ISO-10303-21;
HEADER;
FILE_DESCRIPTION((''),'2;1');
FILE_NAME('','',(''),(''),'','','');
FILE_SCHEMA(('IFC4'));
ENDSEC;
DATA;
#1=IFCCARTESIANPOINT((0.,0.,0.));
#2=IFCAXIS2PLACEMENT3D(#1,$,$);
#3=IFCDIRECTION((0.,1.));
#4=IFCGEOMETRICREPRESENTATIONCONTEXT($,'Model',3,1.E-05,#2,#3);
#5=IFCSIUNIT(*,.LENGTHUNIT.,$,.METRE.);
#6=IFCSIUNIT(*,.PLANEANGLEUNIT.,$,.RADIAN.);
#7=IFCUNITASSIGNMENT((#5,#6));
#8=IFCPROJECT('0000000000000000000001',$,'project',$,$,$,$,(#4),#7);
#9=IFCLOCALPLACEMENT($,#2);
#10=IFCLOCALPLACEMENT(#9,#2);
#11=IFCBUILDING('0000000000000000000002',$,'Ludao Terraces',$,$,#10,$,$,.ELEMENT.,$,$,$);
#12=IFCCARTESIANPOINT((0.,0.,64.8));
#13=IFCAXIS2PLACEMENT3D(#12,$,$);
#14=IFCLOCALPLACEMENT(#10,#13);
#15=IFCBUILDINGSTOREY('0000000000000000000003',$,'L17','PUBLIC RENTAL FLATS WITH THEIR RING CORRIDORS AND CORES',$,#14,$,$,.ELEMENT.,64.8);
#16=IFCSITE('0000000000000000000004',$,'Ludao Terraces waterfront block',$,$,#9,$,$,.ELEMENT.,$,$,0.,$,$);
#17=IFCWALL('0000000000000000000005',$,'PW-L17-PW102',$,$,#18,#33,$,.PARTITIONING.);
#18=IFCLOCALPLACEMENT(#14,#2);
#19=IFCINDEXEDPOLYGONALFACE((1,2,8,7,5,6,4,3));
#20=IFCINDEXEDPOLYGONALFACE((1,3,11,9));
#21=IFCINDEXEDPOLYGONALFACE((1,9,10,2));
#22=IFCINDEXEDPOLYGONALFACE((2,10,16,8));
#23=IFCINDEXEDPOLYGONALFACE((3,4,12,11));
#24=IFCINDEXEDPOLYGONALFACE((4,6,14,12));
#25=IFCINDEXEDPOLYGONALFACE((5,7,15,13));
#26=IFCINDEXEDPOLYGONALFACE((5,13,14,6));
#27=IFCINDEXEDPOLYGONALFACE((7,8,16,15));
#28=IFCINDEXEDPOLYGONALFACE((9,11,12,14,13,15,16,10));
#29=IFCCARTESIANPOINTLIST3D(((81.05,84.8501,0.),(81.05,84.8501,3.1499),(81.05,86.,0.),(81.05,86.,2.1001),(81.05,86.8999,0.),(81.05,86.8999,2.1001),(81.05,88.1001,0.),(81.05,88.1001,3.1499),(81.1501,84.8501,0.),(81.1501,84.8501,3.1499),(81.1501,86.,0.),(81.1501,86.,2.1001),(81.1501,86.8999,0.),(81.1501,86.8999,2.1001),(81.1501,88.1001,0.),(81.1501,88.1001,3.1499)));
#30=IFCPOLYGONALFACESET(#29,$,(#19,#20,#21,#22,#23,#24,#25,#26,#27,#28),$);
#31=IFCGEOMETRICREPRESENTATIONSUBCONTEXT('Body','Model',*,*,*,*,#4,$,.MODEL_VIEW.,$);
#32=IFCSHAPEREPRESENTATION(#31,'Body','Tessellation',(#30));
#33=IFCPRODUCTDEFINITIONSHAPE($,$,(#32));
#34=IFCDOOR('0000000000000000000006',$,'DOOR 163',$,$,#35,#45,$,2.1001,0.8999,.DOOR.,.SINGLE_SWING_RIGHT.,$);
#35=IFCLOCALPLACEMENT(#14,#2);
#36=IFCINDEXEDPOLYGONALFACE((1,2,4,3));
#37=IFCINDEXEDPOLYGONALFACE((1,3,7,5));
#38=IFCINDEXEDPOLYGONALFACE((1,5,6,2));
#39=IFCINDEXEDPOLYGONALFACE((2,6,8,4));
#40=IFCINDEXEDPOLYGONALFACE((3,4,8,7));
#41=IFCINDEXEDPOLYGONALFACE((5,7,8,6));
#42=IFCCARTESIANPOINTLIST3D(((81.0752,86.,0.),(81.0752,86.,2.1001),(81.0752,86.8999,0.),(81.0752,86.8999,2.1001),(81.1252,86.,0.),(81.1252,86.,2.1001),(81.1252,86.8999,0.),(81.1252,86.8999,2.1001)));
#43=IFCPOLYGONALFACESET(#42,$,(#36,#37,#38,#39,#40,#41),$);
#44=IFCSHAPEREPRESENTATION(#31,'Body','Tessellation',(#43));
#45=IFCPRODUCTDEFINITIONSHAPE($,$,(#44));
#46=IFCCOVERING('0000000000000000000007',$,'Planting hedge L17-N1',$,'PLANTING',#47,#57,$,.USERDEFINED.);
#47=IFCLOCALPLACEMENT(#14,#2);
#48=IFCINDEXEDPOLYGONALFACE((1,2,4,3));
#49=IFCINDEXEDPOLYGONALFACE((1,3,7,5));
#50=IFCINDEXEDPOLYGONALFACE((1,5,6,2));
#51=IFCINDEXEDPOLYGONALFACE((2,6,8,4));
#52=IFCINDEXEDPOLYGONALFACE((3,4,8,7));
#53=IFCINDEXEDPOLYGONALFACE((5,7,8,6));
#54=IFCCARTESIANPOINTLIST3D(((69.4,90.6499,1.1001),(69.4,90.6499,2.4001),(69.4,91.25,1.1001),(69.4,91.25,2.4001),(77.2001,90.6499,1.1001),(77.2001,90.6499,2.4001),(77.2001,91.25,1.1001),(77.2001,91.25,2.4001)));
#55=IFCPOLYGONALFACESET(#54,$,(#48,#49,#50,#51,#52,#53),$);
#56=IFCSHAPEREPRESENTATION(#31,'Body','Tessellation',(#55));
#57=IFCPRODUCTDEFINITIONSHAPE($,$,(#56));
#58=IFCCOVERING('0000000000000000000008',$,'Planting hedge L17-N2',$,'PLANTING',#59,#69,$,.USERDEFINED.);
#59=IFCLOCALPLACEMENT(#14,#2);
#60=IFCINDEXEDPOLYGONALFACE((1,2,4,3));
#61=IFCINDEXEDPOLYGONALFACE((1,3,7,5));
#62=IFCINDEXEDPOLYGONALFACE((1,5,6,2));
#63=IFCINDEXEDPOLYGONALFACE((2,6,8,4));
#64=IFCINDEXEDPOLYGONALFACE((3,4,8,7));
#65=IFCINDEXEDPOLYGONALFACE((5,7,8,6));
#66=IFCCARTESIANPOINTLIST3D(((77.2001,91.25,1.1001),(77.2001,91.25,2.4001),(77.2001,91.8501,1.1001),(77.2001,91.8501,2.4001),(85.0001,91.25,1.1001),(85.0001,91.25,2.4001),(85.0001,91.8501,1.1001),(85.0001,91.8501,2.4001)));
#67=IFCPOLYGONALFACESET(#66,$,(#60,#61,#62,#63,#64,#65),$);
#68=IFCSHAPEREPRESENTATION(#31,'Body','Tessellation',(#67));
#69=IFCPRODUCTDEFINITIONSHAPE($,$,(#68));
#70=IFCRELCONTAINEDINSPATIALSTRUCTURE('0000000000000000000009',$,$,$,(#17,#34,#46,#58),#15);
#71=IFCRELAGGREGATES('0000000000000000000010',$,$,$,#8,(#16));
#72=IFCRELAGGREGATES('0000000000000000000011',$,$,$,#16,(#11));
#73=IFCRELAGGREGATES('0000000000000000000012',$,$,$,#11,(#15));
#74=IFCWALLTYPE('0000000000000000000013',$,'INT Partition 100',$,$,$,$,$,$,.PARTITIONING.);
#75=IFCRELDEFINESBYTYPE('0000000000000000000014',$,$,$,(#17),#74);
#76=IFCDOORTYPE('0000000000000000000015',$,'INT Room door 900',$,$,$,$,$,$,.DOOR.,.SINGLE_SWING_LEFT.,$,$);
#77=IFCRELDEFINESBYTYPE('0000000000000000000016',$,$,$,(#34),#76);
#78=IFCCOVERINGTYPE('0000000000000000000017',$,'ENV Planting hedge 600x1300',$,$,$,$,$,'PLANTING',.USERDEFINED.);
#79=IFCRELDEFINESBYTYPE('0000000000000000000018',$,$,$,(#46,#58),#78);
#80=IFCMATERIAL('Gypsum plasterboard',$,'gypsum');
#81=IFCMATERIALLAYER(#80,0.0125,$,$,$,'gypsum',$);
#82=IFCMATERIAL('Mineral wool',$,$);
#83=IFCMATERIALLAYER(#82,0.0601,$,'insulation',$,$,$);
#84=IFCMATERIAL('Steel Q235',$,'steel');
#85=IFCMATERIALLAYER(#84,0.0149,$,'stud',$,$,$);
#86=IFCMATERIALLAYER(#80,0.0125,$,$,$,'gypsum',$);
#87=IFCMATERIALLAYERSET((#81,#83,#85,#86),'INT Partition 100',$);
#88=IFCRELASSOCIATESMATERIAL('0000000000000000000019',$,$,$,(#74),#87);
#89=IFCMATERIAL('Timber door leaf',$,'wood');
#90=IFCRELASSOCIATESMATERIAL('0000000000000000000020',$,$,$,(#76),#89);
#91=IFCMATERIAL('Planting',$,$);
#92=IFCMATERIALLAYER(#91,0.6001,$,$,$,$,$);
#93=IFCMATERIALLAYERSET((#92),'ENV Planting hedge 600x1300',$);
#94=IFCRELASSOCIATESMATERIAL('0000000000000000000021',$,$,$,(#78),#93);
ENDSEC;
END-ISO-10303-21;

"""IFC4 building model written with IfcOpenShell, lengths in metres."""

from ifc_helpers import new_model, si_unit, direction, frame, frame_2d, origin, origin_2d, place, context, subcontext, project, spatial, rectangle, extrude, material, layer, layer_set, type_object, element, fill, save


model = new_model("IFC4")

# Units and contexts
model_context = context("Model", 3, precision=1e-05, world=origin(), true_north=direction((0.0, 1.0)))
body_context = subcontext(model_context, "Body", "Model", "MODEL_VIEW")
ifc_project = project(units=[si_unit("LENGTHUNIT", "METRE"), si_unit("PLANEANGLEUNIT", "RADIAN")], contexts=[model_context])

# Site, building, storey
site_placement = place(None, origin())
site = spatial("IfcSite", under=ifc_project, at=site_placement, Name="Ludao Terraces waterfront block", CompositionType="ELEMENT", RefElevation=0.0)
building_placement = place(site_placement, origin())
building = spatial("IfcBuilding", under=site, at=building_placement, Name="Ludao Terraces", CompositionType="ELEMENT")
storey_placement = place(building_placement, frame((0.0, 0.0, 64.8)))
storey = spatial("IfcBuildingStorey", under=building, at=storey_placement, Name="L17", Description="PUBLIC RENTAL FLATS WITH THEIR RING CORRIDORS AND CORES", CompositionType="ELEMENT", Elevation=64.8)

# Shared definitions
ifc_material_1 = material(Name="Mineral wool")

# Wall, opening, door
ifc_material_2 = material(Name="Gypsum plasterboard", Category="gypsum")
ifc_layer_1 = layer(ifc_material_2, 0.0125, Category="gypsum")
ifc_layer_2 = layer(ifc_material_1, 0.0601, Name="insulation")
ifc_material_3 = material(Name="Steel Q235", Category="steel")
ifc_layer_3 = layer(ifc_material_3, 0.0149, Name="stud")
ifc_layer_4 = layer(ifc_material_2, 0.0125, Category="gypsum")
ifc_layer_set_1 = layer_set([ifc_layer_1, ifc_layer_2, ifc_layer_3, ifc_layer_4], Name="INT Partition 100")
wall_type_1 = type_object("IfcWallType", Name="INT Partition 100", PredefinedType="PARTITIONING", material=ifc_layer_set_1)
ifc_material_4 = material(Name="Timber door leaf", Category="wood")
door_type_1 = type_object("IfcDoorType", Name="INT Room door 900", OperationType="SINGLE_SWING_LEFT", PredefinedType="DOOR", material=ifc_material_4)
wall_1_placement = place(storey_placement, frame((81.1001, 84.8501, 0.0), z_axis=(0.0, 0.0, 1.0), x_axis=(0.0, 1.0, 0.0)))
wall_1 = element("IfcWall", 1, at=wall_1_placement, inside=storey, type_object=wall_type_1, Name="PW-L17-PW102", PredefinedType="PARTITIONING", context=body_context, shape_type="SweptSolid", body=[
    extrude(rectangle(XDim=3.25, YDim=0.1001, at=frame_2d((1.625, 0.0))), origin(), (0.0, 0.0, 1.0), 3.1499),
])
opening_1_placement = place(wall_1_placement, frame((1.1499, 0.0, 0.0)))
opening_1 = element("IfcOpeningElement", 2, at=opening_1_placement, cuts=wall_1, PredefinedType="OPENING", context=body_context, shape_type="SweptSolid", body=[
    extrude(rectangle(XDim=0.8999, YDim=2.1001, at=frame_2d((0.45, 1.05))), frame((0.0, 0.0601, 0.0), z_axis=(0.0, -1.0, 0.0), x_axis=(1.0, 0.0, 0.0)), (0.0, 0.0, 1.0), 0.1201),
])
door_1_placement = place(opening_1_placement, origin())
door_1 = element("IfcDoor", 3, at=door_1_placement, inside=storey, type_object=door_type_1, Name="DOOR 163", OperationType="SINGLE_SWING_RIGHT", OverallHeight=2.1001, OverallWidth=0.8999, PredefinedType="DOOR", context=body_context, shape_type="SweptSolid", body=[
    extrude(rectangle(XDim=0.8999, YDim=2.1001, at=frame_2d((0.45, 1.05))), frame((0.0, 0.0249, 0.0), z_axis=(0.0, -1.0, 0.0), x_axis=(1.0, 0.0, 0.0)), (0.0, 0.0, 1.0), 0.05),
])
fill(opening_1, door_1)

# Coverings
ifc_material_5 = material(Name="Planting")
ifc_layer_5 = layer(ifc_material_5, 0.6001)
ifc_layer_set_2 = layer_set([ifc_layer_5], Name="ENV Planting hedge 600x1300")
covering_type = type_object("IfcCoveringType", Name="ENV Planting hedge 600x1300", ElementType="PLANTING", PredefinedType="USERDEFINED", material=ifc_layer_set_2)
for number, where, z_axis, x_axis, name in (
    (4, (73.3, 90.95, 1.1001), (0.0, 0.0, 1.0), (1.0, 0.0, 0.0), "Planting hedge L17-N1"),
    (5, (81.1001, 91.55, 1.1001), (0.0, 0.0, 1.0), (1.0, 0.0, 0.0), "Planting hedge L17-N2"),
):
    element("IfcCovering", number, at=place(storey_placement, frame(where, z_axis=z_axis, x_axis=x_axis)), inside=storey, type_object=covering_type, Name=name, ObjectType="PLANTING", PredefinedType="USERDEFINED", context=body_context, shape_type="SweptSolid", body=[
        extrude(rectangle(XDim=7.8, YDim=0.6001, at=origin_2d()), origin(), (0.0, 0.0, 1.0), 1.3),
    ])

save(model, "model.ifc")
